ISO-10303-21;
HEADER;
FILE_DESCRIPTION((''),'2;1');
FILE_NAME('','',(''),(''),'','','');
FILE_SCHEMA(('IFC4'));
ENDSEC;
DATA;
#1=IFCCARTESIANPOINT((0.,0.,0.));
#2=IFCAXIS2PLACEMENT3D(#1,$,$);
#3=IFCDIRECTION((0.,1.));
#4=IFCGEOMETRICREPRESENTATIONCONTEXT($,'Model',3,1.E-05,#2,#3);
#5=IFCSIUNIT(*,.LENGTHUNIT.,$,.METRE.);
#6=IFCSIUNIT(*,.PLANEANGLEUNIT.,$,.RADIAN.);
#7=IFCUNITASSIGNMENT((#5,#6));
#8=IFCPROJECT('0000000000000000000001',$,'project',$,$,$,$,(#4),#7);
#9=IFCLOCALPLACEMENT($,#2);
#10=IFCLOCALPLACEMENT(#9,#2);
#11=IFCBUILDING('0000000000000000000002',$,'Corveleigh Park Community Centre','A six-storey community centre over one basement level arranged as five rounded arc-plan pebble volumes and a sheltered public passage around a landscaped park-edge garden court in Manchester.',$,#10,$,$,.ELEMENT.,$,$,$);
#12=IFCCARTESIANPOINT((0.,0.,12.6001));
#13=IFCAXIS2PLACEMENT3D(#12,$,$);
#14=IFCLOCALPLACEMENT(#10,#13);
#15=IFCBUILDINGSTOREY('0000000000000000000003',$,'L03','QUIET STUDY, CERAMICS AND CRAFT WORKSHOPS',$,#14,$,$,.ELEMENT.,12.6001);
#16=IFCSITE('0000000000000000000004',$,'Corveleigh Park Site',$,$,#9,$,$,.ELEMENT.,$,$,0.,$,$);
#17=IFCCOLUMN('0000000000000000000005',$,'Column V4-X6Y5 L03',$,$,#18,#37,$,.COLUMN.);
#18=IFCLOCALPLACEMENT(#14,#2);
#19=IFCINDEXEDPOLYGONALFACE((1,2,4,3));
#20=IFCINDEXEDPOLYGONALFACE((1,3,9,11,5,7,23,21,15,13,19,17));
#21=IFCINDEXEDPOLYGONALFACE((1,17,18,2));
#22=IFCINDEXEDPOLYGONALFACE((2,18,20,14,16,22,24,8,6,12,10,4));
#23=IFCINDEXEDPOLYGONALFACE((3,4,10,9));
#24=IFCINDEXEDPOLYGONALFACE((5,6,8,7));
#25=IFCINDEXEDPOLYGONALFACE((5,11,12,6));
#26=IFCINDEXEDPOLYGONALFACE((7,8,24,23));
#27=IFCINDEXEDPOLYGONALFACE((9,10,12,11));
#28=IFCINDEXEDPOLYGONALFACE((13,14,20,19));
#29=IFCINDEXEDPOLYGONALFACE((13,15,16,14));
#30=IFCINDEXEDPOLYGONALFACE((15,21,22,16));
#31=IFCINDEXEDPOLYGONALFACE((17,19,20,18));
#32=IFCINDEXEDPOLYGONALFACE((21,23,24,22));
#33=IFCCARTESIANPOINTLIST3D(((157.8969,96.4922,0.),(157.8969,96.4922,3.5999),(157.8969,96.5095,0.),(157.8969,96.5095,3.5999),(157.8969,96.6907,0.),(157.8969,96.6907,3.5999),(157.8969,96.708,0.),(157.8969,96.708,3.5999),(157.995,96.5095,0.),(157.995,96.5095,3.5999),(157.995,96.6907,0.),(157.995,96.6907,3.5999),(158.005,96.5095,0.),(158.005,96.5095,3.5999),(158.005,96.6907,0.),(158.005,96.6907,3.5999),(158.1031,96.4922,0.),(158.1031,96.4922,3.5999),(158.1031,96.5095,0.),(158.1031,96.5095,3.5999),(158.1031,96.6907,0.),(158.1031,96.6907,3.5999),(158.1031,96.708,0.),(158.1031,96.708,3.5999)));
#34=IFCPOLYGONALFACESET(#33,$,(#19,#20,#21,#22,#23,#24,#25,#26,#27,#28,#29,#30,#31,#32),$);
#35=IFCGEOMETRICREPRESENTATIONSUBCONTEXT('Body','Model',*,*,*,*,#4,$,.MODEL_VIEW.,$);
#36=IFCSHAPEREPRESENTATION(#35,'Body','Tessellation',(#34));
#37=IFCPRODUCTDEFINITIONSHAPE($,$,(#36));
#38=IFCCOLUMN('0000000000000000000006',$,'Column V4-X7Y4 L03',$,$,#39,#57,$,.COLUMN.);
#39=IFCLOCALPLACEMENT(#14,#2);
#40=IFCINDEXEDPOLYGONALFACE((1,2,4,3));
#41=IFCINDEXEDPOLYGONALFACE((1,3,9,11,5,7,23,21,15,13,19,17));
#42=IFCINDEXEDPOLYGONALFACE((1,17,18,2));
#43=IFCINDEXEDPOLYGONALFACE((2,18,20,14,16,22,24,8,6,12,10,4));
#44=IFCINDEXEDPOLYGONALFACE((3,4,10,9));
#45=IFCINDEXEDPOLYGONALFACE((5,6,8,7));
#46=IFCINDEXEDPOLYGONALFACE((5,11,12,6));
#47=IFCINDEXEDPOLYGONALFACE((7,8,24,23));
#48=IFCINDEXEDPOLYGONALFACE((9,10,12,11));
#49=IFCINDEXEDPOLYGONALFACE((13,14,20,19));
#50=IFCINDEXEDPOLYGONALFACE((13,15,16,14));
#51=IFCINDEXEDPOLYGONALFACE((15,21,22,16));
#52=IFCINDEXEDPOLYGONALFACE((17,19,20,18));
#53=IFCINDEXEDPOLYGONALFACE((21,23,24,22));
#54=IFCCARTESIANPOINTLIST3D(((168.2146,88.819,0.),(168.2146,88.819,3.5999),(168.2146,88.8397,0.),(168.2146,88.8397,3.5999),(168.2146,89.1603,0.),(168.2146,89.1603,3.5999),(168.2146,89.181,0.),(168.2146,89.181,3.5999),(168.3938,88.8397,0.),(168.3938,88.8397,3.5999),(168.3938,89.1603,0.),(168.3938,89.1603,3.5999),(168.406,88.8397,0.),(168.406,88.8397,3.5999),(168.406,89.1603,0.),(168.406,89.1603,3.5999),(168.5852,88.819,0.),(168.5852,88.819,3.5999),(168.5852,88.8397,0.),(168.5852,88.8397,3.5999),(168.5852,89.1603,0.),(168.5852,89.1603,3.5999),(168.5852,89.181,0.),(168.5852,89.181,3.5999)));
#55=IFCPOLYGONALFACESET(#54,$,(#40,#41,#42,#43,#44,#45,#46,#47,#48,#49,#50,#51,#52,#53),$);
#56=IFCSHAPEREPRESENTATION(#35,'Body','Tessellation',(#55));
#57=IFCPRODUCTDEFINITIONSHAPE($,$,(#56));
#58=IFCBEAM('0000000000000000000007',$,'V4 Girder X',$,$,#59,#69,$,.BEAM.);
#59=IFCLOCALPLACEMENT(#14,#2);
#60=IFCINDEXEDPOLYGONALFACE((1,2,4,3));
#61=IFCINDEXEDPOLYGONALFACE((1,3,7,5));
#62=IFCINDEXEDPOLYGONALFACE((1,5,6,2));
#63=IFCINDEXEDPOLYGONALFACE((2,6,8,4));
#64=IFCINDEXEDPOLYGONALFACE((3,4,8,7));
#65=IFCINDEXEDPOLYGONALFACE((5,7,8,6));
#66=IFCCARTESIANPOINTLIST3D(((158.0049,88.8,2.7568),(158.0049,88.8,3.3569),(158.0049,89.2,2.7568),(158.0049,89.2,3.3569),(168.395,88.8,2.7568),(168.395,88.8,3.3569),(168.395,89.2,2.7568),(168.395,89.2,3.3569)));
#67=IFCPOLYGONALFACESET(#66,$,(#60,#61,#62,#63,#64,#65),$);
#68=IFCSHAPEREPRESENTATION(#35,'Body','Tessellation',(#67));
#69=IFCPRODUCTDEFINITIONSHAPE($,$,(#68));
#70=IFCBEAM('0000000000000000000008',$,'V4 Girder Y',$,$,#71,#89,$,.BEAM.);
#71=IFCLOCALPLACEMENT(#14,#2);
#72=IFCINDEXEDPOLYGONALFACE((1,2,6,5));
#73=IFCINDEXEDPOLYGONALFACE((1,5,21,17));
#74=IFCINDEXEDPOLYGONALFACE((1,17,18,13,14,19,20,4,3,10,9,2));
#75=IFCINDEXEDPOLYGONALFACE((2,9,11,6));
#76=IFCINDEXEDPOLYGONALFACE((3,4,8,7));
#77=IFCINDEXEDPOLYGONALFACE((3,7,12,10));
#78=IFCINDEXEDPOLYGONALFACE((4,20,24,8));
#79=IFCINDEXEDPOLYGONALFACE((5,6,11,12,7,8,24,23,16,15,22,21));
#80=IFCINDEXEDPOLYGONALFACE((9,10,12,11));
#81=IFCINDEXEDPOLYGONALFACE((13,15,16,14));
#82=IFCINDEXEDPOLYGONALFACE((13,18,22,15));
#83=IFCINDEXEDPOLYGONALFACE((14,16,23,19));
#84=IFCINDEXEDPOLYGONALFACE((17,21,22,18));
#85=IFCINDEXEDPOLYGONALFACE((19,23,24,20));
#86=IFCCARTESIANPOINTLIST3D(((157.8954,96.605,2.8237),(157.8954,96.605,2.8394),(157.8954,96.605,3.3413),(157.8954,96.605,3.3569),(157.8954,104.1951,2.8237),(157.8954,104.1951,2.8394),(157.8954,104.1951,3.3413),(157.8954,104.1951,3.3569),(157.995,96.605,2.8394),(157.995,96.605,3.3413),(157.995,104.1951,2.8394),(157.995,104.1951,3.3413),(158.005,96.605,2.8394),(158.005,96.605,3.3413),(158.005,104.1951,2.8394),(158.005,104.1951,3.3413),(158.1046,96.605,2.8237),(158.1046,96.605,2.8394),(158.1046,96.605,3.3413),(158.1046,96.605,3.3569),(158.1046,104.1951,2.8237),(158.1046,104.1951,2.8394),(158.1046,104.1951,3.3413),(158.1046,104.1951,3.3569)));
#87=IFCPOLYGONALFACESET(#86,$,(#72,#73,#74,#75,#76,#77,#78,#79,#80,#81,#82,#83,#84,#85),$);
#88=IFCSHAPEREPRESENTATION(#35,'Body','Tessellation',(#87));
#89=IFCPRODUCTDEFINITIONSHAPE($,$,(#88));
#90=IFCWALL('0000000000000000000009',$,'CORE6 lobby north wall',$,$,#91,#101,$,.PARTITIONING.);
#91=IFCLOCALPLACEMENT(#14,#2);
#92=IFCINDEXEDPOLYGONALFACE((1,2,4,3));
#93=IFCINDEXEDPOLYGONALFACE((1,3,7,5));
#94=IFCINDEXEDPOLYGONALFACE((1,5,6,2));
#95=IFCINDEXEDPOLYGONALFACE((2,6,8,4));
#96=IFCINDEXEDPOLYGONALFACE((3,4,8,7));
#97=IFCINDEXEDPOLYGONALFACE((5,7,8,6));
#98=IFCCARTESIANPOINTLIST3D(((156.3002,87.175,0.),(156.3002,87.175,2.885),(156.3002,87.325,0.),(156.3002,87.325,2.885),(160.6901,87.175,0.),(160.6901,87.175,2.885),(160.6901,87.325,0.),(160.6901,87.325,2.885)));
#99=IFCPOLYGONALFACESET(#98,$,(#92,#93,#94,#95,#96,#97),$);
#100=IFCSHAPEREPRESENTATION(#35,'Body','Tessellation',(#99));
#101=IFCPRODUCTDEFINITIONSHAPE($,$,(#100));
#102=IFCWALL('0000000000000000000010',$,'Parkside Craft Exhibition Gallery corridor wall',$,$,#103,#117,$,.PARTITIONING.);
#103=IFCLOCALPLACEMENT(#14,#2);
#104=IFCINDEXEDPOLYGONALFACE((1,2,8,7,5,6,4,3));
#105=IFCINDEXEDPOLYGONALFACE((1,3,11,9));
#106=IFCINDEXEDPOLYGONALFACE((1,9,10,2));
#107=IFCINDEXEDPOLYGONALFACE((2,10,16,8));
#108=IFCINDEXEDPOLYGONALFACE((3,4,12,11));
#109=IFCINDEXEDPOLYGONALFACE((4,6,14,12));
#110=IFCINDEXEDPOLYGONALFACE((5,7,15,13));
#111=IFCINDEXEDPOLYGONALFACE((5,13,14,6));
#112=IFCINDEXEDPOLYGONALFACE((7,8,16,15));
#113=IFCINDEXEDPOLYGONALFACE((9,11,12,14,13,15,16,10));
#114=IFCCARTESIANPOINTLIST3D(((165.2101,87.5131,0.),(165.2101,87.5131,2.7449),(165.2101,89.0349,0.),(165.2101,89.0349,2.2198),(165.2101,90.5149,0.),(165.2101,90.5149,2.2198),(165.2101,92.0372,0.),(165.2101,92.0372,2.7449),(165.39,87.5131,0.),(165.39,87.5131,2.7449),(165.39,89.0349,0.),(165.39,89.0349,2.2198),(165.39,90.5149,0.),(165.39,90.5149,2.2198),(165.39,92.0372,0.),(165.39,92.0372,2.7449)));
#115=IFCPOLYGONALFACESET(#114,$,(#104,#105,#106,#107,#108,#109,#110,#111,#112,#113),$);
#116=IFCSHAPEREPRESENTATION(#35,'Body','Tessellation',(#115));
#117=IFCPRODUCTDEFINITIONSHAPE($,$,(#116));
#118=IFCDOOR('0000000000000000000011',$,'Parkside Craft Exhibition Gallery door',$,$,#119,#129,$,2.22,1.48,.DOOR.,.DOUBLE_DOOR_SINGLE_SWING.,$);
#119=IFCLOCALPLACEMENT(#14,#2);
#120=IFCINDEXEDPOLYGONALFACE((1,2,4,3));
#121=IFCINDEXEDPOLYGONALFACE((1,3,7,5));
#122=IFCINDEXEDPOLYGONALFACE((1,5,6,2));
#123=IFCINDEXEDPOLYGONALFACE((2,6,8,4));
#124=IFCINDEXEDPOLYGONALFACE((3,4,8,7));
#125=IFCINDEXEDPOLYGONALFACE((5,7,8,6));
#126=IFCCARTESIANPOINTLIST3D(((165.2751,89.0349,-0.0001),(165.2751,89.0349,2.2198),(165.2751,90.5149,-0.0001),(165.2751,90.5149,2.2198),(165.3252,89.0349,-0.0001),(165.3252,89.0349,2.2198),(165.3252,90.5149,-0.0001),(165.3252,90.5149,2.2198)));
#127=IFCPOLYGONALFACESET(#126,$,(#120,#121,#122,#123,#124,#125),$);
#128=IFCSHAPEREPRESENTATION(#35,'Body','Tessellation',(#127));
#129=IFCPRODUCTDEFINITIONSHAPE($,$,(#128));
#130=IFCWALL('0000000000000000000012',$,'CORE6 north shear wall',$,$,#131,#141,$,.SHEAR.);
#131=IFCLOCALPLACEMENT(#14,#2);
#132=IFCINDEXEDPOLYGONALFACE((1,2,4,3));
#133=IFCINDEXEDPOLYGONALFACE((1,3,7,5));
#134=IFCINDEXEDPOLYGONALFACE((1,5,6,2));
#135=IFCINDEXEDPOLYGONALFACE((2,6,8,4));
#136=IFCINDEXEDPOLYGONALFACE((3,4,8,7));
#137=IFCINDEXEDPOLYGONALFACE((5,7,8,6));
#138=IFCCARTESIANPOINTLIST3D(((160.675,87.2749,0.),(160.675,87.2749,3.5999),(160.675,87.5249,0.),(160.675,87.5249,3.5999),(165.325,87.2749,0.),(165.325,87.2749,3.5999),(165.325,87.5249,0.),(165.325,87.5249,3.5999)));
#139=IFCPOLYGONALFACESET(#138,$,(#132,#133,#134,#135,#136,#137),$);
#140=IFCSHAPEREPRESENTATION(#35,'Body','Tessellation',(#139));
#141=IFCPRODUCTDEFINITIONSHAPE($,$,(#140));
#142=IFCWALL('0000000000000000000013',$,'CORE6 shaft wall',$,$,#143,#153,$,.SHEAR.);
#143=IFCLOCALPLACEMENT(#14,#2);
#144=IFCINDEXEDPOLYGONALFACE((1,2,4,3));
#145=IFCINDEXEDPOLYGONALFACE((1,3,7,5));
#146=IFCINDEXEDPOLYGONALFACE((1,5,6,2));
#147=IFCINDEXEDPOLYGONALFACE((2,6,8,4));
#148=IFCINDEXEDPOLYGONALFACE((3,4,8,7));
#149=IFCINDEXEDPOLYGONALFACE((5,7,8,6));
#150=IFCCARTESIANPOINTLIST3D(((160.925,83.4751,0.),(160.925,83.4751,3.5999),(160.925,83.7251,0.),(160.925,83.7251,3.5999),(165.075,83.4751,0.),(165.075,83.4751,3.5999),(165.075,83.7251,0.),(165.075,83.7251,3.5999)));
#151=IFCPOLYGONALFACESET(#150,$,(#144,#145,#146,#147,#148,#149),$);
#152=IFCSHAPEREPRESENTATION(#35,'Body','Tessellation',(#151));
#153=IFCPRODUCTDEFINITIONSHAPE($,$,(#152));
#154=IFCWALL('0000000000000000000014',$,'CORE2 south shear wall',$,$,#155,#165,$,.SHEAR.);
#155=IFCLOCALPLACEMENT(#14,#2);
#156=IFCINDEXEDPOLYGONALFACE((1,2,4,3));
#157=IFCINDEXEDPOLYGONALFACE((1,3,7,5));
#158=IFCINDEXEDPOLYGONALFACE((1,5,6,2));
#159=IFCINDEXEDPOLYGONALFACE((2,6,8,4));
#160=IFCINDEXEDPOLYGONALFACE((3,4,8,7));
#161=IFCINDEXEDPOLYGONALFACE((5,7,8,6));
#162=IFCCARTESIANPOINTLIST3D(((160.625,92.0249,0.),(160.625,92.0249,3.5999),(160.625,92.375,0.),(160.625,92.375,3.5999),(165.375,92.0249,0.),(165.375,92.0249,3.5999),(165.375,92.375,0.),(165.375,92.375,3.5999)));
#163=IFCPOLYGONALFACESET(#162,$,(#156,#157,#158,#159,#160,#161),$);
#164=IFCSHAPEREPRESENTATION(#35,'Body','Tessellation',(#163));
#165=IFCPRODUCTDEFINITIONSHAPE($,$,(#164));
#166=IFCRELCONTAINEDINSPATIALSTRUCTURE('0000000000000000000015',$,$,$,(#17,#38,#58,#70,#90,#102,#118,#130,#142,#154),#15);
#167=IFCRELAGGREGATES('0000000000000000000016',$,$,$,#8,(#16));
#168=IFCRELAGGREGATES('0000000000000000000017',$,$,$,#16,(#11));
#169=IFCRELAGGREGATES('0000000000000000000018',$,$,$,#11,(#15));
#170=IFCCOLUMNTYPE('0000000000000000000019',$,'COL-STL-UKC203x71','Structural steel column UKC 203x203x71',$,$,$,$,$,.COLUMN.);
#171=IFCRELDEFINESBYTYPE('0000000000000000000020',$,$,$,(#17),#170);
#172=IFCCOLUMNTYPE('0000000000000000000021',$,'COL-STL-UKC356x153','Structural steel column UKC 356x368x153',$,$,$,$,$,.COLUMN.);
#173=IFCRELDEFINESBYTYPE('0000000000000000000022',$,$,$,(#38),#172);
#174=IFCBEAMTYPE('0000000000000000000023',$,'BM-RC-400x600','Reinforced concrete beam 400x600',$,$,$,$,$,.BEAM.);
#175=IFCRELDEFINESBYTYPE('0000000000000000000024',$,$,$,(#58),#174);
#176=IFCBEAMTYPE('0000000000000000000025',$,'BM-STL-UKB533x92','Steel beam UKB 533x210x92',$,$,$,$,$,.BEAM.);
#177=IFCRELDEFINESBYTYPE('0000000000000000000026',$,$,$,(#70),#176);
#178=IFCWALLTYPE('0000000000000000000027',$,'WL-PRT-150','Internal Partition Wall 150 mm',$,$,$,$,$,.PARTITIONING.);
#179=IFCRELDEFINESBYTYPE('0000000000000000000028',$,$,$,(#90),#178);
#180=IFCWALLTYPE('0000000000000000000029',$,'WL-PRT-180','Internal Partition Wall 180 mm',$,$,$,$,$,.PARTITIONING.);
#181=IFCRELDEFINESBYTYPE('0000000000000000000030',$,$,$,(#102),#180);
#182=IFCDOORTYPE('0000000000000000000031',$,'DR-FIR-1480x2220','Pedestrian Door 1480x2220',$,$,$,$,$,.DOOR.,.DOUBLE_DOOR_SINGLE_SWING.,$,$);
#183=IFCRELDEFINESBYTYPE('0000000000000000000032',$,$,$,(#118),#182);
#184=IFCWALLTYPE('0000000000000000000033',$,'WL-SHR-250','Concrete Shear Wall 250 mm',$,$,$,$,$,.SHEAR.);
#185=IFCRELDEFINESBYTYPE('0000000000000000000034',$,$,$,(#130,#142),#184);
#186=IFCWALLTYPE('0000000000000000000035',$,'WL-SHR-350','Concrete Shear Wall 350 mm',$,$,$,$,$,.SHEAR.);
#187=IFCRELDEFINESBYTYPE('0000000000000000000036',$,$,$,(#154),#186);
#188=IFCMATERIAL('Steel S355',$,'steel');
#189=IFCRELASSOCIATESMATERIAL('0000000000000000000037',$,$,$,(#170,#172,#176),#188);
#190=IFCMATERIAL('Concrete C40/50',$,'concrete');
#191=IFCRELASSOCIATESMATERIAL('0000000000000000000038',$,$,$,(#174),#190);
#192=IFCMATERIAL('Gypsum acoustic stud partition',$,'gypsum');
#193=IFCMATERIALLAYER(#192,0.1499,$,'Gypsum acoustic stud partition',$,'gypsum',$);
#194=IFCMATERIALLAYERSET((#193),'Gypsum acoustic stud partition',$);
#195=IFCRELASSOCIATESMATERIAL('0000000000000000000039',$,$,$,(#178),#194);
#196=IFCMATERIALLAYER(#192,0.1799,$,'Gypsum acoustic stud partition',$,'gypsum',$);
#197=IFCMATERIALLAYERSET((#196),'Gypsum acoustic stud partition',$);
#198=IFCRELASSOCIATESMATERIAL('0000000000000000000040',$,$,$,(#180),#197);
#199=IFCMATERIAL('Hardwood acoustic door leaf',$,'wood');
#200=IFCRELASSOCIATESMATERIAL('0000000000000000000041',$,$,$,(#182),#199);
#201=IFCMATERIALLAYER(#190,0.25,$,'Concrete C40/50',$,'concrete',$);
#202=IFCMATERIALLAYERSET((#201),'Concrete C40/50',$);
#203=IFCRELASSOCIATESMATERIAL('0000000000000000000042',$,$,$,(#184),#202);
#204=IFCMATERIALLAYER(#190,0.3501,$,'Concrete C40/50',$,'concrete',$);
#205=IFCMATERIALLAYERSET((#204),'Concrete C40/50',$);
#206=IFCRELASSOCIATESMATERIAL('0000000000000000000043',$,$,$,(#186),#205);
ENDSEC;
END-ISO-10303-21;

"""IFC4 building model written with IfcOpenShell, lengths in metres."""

from ifc_helpers import new_model, si_unit, direction, frame, frame_2d, origin, origin_2d, place, context, subcontext, project, spatial, rectangle, i_section, extrude, material, layer, layer_set, material_profile, profile_set, type_object, element, fill, save


model = new_model("IFC4")

# Units and contexts
model_context = context("Model", 3, precision=1e-05, world=origin(), true_north=direction((0.0, 1.0)))
body_context = subcontext(model_context, "Body", "Model", "MODEL_VIEW")
ifc_project = project(units=[si_unit("LENGTHUNIT", "METRE"), si_unit("PLANEANGLEUNIT", "RADIAN")], contexts=[model_context])

# Site, building, storey
site_placement = place(None, origin())
site = spatial("IfcSite", under=ifc_project, at=site_placement, Name="Corveleigh Park Site", CompositionType="ELEMENT", RefElevation=0.0)
building_placement = place(site_placement, origin())
building = spatial("IfcBuilding", under=site, at=building_placement, Name="Corveleigh Park Community Centre", Description="A six-storey community centre over one basement level arranged as five rounded arc-plan pebble volumes and a sheltered public passage around a landscaped park-edge garden court in Manchester.", CompositionType="ELEMENT")
storey_placement = place(building_placement, frame((0.0, 0.0, 12.6001)))
storey = spatial("IfcBuildingStorey", under=building, at=storey_placement, Name="L03", Description="QUIET STUDY, CERAMICS AND CRAFT WORKSHOPS", CompositionType="ELEMENT", Elevation=12.6001)

# Columns
ifc_material_1 = material(Name="Steel S355", Category="steel")
ifc_material_profile_1 = material_profile(ifc_material_1, i_section(OverallWidth=0.2063, OverallDepth=0.2158, WebThickness=0.01, FlangeThickness=0.0173, at=origin_2d()), Name="UKC 203x203x71", Category="steel")
ifc_profile_set_1 = profile_set([ifc_material_profile_1], Name="Steel S355")
column_type_1 = type_object("IfcColumnType", Name="COL-STL-UKC203x71", Description="Structural steel column UKC 203x203x71", PredefinedType="COLUMN", material=ifc_profile_set_1)
column_1_placement = place(storey_placement, frame((158.0, 96.6001, 0.0), z_axis=(0.0, 0.0, 1.0), x_axis=(1.0, 0.0, 0.0)))
element("IfcColumn", 1, at=column_1_placement, inside=storey, type_object=column_type_1, Name="Column V4-X6Y5 L03", PredefinedType="COLUMN", context=body_context, shape_type="SweptSolid", body=[
    extrude(i_section(OverallWidth=0.2063, OverallDepth=0.2158, WebThickness=0.01, FlangeThickness=0.0173, at=origin_2d()), origin(), (0.0, 0.0, 1.0), 3.5999),
])
ifc_material_profile_2 = material_profile(ifc_material_1, i_section(OverallWidth=0.3706, OverallDepth=0.3621, WebThickness=0.0122, FlangeThickness=0.0208, at=origin_2d()), Name="UKC 356x368x153", Category="steel")
ifc_profile_set_2 = profile_set([ifc_material_profile_2], Name="Steel S355")
column_type_2 = type_object("IfcColumnType", Name="COL-STL-UKC356x153", Description="Structural steel column UKC 356x368x153", PredefinedType="COLUMN", material=ifc_profile_set_2)
column_2_placement = place(storey_placement, frame((168.3999, 89.0, 0.0), z_axis=(0.0, 0.0, 1.0), x_axis=(1.0, 0.0, 0.0)))
element("IfcColumn", 2, at=column_2_placement, inside=storey, type_object=column_type_2, Name="Column V4-X7Y4 L03", PredefinedType="COLUMN", context=body_context, shape_type="SweptSolid", body=[
    extrude(i_section(OverallWidth=0.3706, OverallDepth=0.3621, WebThickness=0.0122, FlangeThickness=0.0208, at=origin_2d()), origin(), (0.0, 0.0, 1.0), 3.5999),
])

# Beams
ifc_material_2 = material(Name="Concrete C40/50", Category="concrete")
ifc_material_profile_3 = material_profile(ifc_material_2, rectangle(XDim=0.3999, YDim=0.6001, at=origin_2d()), Name="RC-400x600", Category="concrete")
ifc_profile_set_3 = profile_set([ifc_material_profile_3], Name="Concrete C40/50")
beam_type_1 = type_object("IfcBeamType", Name="BM-RC-400x600", Description="Reinforced concrete beam 400x600", PredefinedType="BEAM", material=ifc_profile_set_3)
beam_1_placement = place(storey_placement, frame((158.0049, 89.0, 3.0569), z_axis=(1.0, 0.0, 0.0), x_axis=(0.0, 1.0, 0.0)))
element("IfcBeam", 3, at=beam_1_placement, inside=storey, type_object=beam_type_1, Name="V4 Girder X", PredefinedType="BEAM", context=body_context, shape_type="SweptSolid", body=[
    extrude(rectangle(XDim=0.3999, YDim=0.6001, at=origin_2d()), origin(), (0.0, 0.0, 1.0), 10.3901),
])
ifc_material_profile_4 = material_profile(ifc_material_1, i_section(OverallWidth=0.2092, OverallDepth=0.5332, WebThickness=0.01, FlangeThickness=0.0156, at=origin_2d()), Name="UKB 533x210x92", Category="steel")
ifc_profile_set_4 = profile_set([ifc_material_profile_4], Name="Steel S355")
beam_type_2 = type_object("IfcBeamType", Name="BM-STL-UKB533x92", Description="Steel beam UKB 533x210x92", PredefinedType="BEAM", material=ifc_profile_set_4)
beam_2_placement = place(storey_placement, frame((158.0, 96.605, 3.0903), z_axis=(0.0, 1.0, 0.0), x_axis=(-1.0, 0.0, 0.0)))
element("IfcBeam", 4, at=beam_2_placement, inside=storey, type_object=beam_type_2, Name="V4 Girder Y", PredefinedType="BEAM", context=body_context, shape_type="SweptSolid", body=[
    extrude(i_section(OverallWidth=0.2092, OverallDepth=0.5332, WebThickness=0.01, FlangeThickness=0.0156, at=origin_2d()), origin(), (0.0, 0.0, 1.0), 7.5901),
])

# Wall
ifc_material_3 = material(Name="Gypsum acoustic stud partition", Category="gypsum")
ifc_layer_1 = layer(ifc_material_3, 0.1499, Name="Gypsum acoustic stud partition", Category="gypsum")
ifc_layer_set_1 = layer_set([ifc_layer_1], Name="Gypsum acoustic stud partition")
wall_type_1 = type_object("IfcWallType", Name="WL-PRT-150", Description="Internal Partition Wall 150 mm", PredefinedType="PARTITIONING", material=ifc_layer_set_1)
wall_1_placement = place(storey_placement, frame((160.6899, 87.25, 0.0), z_axis=(0.0, 0.0, 1.0), x_axis=(-1.0, 0.0, 0.0)))
element("IfcWall", 5, at=wall_1_placement, inside=storey, type_object=wall_type_1, Name="CORE6 lobby north wall", PredefinedType="PARTITIONING", context=body_context, shape_type="SweptSolid", body=[
    extrude(rectangle(XDim=4.3899, YDim=0.1499, at=frame_2d((2.1948, 0.0))), origin(), (0.0, 0.0, 1.0), 2.885),
])

# Wall, opening, door
ifc_layer_2 = layer(ifc_material_3, 0.1799, Name="Gypsum acoustic stud partition", Category="gypsum")
ifc_layer_set_2 = layer_set([ifc_layer_2], Name="Gypsum acoustic stud partition")
wall_type_2 = type_object("IfcWallType", Name="WL-PRT-180", Description="Internal Partition Wall 180 mm", PredefinedType="PARTITIONING", material=ifc_layer_set_2)
wall_2_placement = place(storey_placement, frame((165.3, 87.5129, 0.0), z_axis=(0.0, 0.0, 1.0), x_axis=(0.0, 1.0, 0.0)))
wall_2 = element("IfcWall", 6, at=wall_2_placement, inside=storey, type_object=wall_type_2, Name="Parkside Craft Exhibition Gallery corridor wall", PredefinedType="PARTITIONING", context=body_context, shape_type="SweptSolid", body=[
    extrude(rectangle(XDim=4.5242, YDim=0.1799, at=frame_2d((2.2622, 0.0))), origin(), (0.0, 0.0, 1.0), 2.7449),
])
opening_1_placement = place(wall_2_placement, frame((1.522, 0.0, 0.0)))
opening_1 = element("IfcOpeningElement", 7, at=opening_1_placement, cuts=wall_2, PredefinedType="OPENING", context=body_context, shape_type="SweptSolid", body=[
    extrude(rectangle(XDim=1.48, YDim=2.22, at=frame_2d((0.74, 1.1099))), frame((0.0, 0.0999, 0.0), z_axis=(0.0, -1.0, 0.0), x_axis=(1.0, 0.0, 0.0)), (0.0, 0.0, 1.0), 0.2),
])
ifc_material_4 = material(Name="Hardwood acoustic door leaf", Category="wood")
door_type_1 = type_object("IfcDoorType", Name="DR-FIR-1480x2220", Description="Pedestrian Door 1480x2220", OperationType="DOUBLE_DOOR_SINGLE_SWING", PredefinedType="DOOR", material=ifc_material_4)
door_1_placement = place(opening_1_placement, origin())
door_1 = element("IfcDoor", 8, at=door_1_placement, inside=storey, type_object=door_type_1, Name="Parkside Craft Exhibition Gallery door", OperationType="DOUBLE_DOOR_SINGLE_SWING", OverallHeight=2.22, OverallWidth=1.48, PredefinedType="DOOR", context=body_context, shape_type="SweptSolid", body=[
    extrude(rectangle(XDim=1.48, YDim=2.22, at=frame_2d((0.74, 1.1099))), frame((0.0, 0.0249, 0.0), z_axis=(0.0, -1.0, 0.0), x_axis=(1.0, 0.0, 0.0)), (0.0, 0.0, 1.0), 0.05),
])
fill(opening_1, door_1)

# Wall
ifc_layer_3 = layer(ifc_material_2, 0.25, Name="Concrete C40/50", Category="concrete")
ifc_layer_set_3 = layer_set([ifc_layer_3], Name="Concrete C40/50")
wall_type_3 = type_object("IfcWallType", Name="WL-SHR-250", Description="Concrete Shear Wall 250 mm", PredefinedType="SHEAR", material=ifc_layer_set_3)
wall_3_placement = place(storey_placement, frame((165.325, 87.3999, 0.0), z_axis=(0.0, 0.0, 1.0), x_axis=(-1.0, 0.0, 0.0)))
element("IfcWall", 9, at=wall_3_placement, inside=storey, type_object=wall_type_3, Name="CORE6 north shear wall", PredefinedType="SHEAR", context=body_context, shape_type="SweptSolid", body=[
    extrude(rectangle(XDim=4.6499, YDim=0.25, at=frame_2d((2.325, 0.0))), origin(), (0.0, 0.0, 1.0), 3.5999),
])

# Walls
wall_4_placement = place(storey_placement, frame((160.925, 83.6001, 0.0), z_axis=(0.0, 0.0, 1.0), x_axis=(1.0, 0.0, 0.0)))
element("IfcWall", 10, at=wall_4_placement, inside=storey, type_object=wall_type_3, Name="CORE6 shaft wall", PredefinedType="SHEAR", context=body_context, shape_type="SweptSolid", body=[
    extrude(rectangle(XDim=4.1499, YDim=0.25, at=frame_2d((2.075, 0.0))), origin(), (0.0, 0.0, 1.0), 3.5999),
])
ifc_layer_4 = layer(ifc_material_2, 0.3501, Name="Concrete C40/50", Category="concrete")
ifc_layer_set_4 = layer_set([ifc_layer_4], Name="Concrete C40/50")
wall_type_4 = type_object("IfcWallType", Name="WL-SHR-350", Description="Concrete Shear Wall 350 mm", PredefinedType="SHEAR", material=ifc_layer_set_4)
wall_5_placement = place(storey_placement, frame((160.625, 92.2, 0.0), z_axis=(0.0, 0.0, 1.0), x_axis=(1.0, 0.0, 0.0)))
element("IfcWall", 11, at=wall_5_placement, inside=storey, type_object=wall_type_4, Name="CORE2 south shear wall", PredefinedType="SHEAR", context=body_context, shape_type="SweptSolid", body=[
    extrude(rectangle(XDim=4.75, YDim=0.3501, at=frame_2d((2.375, 0.0))), origin(), (0.0, 0.0, 1.0), 3.5999),
])

save(model, "model.ifc")
